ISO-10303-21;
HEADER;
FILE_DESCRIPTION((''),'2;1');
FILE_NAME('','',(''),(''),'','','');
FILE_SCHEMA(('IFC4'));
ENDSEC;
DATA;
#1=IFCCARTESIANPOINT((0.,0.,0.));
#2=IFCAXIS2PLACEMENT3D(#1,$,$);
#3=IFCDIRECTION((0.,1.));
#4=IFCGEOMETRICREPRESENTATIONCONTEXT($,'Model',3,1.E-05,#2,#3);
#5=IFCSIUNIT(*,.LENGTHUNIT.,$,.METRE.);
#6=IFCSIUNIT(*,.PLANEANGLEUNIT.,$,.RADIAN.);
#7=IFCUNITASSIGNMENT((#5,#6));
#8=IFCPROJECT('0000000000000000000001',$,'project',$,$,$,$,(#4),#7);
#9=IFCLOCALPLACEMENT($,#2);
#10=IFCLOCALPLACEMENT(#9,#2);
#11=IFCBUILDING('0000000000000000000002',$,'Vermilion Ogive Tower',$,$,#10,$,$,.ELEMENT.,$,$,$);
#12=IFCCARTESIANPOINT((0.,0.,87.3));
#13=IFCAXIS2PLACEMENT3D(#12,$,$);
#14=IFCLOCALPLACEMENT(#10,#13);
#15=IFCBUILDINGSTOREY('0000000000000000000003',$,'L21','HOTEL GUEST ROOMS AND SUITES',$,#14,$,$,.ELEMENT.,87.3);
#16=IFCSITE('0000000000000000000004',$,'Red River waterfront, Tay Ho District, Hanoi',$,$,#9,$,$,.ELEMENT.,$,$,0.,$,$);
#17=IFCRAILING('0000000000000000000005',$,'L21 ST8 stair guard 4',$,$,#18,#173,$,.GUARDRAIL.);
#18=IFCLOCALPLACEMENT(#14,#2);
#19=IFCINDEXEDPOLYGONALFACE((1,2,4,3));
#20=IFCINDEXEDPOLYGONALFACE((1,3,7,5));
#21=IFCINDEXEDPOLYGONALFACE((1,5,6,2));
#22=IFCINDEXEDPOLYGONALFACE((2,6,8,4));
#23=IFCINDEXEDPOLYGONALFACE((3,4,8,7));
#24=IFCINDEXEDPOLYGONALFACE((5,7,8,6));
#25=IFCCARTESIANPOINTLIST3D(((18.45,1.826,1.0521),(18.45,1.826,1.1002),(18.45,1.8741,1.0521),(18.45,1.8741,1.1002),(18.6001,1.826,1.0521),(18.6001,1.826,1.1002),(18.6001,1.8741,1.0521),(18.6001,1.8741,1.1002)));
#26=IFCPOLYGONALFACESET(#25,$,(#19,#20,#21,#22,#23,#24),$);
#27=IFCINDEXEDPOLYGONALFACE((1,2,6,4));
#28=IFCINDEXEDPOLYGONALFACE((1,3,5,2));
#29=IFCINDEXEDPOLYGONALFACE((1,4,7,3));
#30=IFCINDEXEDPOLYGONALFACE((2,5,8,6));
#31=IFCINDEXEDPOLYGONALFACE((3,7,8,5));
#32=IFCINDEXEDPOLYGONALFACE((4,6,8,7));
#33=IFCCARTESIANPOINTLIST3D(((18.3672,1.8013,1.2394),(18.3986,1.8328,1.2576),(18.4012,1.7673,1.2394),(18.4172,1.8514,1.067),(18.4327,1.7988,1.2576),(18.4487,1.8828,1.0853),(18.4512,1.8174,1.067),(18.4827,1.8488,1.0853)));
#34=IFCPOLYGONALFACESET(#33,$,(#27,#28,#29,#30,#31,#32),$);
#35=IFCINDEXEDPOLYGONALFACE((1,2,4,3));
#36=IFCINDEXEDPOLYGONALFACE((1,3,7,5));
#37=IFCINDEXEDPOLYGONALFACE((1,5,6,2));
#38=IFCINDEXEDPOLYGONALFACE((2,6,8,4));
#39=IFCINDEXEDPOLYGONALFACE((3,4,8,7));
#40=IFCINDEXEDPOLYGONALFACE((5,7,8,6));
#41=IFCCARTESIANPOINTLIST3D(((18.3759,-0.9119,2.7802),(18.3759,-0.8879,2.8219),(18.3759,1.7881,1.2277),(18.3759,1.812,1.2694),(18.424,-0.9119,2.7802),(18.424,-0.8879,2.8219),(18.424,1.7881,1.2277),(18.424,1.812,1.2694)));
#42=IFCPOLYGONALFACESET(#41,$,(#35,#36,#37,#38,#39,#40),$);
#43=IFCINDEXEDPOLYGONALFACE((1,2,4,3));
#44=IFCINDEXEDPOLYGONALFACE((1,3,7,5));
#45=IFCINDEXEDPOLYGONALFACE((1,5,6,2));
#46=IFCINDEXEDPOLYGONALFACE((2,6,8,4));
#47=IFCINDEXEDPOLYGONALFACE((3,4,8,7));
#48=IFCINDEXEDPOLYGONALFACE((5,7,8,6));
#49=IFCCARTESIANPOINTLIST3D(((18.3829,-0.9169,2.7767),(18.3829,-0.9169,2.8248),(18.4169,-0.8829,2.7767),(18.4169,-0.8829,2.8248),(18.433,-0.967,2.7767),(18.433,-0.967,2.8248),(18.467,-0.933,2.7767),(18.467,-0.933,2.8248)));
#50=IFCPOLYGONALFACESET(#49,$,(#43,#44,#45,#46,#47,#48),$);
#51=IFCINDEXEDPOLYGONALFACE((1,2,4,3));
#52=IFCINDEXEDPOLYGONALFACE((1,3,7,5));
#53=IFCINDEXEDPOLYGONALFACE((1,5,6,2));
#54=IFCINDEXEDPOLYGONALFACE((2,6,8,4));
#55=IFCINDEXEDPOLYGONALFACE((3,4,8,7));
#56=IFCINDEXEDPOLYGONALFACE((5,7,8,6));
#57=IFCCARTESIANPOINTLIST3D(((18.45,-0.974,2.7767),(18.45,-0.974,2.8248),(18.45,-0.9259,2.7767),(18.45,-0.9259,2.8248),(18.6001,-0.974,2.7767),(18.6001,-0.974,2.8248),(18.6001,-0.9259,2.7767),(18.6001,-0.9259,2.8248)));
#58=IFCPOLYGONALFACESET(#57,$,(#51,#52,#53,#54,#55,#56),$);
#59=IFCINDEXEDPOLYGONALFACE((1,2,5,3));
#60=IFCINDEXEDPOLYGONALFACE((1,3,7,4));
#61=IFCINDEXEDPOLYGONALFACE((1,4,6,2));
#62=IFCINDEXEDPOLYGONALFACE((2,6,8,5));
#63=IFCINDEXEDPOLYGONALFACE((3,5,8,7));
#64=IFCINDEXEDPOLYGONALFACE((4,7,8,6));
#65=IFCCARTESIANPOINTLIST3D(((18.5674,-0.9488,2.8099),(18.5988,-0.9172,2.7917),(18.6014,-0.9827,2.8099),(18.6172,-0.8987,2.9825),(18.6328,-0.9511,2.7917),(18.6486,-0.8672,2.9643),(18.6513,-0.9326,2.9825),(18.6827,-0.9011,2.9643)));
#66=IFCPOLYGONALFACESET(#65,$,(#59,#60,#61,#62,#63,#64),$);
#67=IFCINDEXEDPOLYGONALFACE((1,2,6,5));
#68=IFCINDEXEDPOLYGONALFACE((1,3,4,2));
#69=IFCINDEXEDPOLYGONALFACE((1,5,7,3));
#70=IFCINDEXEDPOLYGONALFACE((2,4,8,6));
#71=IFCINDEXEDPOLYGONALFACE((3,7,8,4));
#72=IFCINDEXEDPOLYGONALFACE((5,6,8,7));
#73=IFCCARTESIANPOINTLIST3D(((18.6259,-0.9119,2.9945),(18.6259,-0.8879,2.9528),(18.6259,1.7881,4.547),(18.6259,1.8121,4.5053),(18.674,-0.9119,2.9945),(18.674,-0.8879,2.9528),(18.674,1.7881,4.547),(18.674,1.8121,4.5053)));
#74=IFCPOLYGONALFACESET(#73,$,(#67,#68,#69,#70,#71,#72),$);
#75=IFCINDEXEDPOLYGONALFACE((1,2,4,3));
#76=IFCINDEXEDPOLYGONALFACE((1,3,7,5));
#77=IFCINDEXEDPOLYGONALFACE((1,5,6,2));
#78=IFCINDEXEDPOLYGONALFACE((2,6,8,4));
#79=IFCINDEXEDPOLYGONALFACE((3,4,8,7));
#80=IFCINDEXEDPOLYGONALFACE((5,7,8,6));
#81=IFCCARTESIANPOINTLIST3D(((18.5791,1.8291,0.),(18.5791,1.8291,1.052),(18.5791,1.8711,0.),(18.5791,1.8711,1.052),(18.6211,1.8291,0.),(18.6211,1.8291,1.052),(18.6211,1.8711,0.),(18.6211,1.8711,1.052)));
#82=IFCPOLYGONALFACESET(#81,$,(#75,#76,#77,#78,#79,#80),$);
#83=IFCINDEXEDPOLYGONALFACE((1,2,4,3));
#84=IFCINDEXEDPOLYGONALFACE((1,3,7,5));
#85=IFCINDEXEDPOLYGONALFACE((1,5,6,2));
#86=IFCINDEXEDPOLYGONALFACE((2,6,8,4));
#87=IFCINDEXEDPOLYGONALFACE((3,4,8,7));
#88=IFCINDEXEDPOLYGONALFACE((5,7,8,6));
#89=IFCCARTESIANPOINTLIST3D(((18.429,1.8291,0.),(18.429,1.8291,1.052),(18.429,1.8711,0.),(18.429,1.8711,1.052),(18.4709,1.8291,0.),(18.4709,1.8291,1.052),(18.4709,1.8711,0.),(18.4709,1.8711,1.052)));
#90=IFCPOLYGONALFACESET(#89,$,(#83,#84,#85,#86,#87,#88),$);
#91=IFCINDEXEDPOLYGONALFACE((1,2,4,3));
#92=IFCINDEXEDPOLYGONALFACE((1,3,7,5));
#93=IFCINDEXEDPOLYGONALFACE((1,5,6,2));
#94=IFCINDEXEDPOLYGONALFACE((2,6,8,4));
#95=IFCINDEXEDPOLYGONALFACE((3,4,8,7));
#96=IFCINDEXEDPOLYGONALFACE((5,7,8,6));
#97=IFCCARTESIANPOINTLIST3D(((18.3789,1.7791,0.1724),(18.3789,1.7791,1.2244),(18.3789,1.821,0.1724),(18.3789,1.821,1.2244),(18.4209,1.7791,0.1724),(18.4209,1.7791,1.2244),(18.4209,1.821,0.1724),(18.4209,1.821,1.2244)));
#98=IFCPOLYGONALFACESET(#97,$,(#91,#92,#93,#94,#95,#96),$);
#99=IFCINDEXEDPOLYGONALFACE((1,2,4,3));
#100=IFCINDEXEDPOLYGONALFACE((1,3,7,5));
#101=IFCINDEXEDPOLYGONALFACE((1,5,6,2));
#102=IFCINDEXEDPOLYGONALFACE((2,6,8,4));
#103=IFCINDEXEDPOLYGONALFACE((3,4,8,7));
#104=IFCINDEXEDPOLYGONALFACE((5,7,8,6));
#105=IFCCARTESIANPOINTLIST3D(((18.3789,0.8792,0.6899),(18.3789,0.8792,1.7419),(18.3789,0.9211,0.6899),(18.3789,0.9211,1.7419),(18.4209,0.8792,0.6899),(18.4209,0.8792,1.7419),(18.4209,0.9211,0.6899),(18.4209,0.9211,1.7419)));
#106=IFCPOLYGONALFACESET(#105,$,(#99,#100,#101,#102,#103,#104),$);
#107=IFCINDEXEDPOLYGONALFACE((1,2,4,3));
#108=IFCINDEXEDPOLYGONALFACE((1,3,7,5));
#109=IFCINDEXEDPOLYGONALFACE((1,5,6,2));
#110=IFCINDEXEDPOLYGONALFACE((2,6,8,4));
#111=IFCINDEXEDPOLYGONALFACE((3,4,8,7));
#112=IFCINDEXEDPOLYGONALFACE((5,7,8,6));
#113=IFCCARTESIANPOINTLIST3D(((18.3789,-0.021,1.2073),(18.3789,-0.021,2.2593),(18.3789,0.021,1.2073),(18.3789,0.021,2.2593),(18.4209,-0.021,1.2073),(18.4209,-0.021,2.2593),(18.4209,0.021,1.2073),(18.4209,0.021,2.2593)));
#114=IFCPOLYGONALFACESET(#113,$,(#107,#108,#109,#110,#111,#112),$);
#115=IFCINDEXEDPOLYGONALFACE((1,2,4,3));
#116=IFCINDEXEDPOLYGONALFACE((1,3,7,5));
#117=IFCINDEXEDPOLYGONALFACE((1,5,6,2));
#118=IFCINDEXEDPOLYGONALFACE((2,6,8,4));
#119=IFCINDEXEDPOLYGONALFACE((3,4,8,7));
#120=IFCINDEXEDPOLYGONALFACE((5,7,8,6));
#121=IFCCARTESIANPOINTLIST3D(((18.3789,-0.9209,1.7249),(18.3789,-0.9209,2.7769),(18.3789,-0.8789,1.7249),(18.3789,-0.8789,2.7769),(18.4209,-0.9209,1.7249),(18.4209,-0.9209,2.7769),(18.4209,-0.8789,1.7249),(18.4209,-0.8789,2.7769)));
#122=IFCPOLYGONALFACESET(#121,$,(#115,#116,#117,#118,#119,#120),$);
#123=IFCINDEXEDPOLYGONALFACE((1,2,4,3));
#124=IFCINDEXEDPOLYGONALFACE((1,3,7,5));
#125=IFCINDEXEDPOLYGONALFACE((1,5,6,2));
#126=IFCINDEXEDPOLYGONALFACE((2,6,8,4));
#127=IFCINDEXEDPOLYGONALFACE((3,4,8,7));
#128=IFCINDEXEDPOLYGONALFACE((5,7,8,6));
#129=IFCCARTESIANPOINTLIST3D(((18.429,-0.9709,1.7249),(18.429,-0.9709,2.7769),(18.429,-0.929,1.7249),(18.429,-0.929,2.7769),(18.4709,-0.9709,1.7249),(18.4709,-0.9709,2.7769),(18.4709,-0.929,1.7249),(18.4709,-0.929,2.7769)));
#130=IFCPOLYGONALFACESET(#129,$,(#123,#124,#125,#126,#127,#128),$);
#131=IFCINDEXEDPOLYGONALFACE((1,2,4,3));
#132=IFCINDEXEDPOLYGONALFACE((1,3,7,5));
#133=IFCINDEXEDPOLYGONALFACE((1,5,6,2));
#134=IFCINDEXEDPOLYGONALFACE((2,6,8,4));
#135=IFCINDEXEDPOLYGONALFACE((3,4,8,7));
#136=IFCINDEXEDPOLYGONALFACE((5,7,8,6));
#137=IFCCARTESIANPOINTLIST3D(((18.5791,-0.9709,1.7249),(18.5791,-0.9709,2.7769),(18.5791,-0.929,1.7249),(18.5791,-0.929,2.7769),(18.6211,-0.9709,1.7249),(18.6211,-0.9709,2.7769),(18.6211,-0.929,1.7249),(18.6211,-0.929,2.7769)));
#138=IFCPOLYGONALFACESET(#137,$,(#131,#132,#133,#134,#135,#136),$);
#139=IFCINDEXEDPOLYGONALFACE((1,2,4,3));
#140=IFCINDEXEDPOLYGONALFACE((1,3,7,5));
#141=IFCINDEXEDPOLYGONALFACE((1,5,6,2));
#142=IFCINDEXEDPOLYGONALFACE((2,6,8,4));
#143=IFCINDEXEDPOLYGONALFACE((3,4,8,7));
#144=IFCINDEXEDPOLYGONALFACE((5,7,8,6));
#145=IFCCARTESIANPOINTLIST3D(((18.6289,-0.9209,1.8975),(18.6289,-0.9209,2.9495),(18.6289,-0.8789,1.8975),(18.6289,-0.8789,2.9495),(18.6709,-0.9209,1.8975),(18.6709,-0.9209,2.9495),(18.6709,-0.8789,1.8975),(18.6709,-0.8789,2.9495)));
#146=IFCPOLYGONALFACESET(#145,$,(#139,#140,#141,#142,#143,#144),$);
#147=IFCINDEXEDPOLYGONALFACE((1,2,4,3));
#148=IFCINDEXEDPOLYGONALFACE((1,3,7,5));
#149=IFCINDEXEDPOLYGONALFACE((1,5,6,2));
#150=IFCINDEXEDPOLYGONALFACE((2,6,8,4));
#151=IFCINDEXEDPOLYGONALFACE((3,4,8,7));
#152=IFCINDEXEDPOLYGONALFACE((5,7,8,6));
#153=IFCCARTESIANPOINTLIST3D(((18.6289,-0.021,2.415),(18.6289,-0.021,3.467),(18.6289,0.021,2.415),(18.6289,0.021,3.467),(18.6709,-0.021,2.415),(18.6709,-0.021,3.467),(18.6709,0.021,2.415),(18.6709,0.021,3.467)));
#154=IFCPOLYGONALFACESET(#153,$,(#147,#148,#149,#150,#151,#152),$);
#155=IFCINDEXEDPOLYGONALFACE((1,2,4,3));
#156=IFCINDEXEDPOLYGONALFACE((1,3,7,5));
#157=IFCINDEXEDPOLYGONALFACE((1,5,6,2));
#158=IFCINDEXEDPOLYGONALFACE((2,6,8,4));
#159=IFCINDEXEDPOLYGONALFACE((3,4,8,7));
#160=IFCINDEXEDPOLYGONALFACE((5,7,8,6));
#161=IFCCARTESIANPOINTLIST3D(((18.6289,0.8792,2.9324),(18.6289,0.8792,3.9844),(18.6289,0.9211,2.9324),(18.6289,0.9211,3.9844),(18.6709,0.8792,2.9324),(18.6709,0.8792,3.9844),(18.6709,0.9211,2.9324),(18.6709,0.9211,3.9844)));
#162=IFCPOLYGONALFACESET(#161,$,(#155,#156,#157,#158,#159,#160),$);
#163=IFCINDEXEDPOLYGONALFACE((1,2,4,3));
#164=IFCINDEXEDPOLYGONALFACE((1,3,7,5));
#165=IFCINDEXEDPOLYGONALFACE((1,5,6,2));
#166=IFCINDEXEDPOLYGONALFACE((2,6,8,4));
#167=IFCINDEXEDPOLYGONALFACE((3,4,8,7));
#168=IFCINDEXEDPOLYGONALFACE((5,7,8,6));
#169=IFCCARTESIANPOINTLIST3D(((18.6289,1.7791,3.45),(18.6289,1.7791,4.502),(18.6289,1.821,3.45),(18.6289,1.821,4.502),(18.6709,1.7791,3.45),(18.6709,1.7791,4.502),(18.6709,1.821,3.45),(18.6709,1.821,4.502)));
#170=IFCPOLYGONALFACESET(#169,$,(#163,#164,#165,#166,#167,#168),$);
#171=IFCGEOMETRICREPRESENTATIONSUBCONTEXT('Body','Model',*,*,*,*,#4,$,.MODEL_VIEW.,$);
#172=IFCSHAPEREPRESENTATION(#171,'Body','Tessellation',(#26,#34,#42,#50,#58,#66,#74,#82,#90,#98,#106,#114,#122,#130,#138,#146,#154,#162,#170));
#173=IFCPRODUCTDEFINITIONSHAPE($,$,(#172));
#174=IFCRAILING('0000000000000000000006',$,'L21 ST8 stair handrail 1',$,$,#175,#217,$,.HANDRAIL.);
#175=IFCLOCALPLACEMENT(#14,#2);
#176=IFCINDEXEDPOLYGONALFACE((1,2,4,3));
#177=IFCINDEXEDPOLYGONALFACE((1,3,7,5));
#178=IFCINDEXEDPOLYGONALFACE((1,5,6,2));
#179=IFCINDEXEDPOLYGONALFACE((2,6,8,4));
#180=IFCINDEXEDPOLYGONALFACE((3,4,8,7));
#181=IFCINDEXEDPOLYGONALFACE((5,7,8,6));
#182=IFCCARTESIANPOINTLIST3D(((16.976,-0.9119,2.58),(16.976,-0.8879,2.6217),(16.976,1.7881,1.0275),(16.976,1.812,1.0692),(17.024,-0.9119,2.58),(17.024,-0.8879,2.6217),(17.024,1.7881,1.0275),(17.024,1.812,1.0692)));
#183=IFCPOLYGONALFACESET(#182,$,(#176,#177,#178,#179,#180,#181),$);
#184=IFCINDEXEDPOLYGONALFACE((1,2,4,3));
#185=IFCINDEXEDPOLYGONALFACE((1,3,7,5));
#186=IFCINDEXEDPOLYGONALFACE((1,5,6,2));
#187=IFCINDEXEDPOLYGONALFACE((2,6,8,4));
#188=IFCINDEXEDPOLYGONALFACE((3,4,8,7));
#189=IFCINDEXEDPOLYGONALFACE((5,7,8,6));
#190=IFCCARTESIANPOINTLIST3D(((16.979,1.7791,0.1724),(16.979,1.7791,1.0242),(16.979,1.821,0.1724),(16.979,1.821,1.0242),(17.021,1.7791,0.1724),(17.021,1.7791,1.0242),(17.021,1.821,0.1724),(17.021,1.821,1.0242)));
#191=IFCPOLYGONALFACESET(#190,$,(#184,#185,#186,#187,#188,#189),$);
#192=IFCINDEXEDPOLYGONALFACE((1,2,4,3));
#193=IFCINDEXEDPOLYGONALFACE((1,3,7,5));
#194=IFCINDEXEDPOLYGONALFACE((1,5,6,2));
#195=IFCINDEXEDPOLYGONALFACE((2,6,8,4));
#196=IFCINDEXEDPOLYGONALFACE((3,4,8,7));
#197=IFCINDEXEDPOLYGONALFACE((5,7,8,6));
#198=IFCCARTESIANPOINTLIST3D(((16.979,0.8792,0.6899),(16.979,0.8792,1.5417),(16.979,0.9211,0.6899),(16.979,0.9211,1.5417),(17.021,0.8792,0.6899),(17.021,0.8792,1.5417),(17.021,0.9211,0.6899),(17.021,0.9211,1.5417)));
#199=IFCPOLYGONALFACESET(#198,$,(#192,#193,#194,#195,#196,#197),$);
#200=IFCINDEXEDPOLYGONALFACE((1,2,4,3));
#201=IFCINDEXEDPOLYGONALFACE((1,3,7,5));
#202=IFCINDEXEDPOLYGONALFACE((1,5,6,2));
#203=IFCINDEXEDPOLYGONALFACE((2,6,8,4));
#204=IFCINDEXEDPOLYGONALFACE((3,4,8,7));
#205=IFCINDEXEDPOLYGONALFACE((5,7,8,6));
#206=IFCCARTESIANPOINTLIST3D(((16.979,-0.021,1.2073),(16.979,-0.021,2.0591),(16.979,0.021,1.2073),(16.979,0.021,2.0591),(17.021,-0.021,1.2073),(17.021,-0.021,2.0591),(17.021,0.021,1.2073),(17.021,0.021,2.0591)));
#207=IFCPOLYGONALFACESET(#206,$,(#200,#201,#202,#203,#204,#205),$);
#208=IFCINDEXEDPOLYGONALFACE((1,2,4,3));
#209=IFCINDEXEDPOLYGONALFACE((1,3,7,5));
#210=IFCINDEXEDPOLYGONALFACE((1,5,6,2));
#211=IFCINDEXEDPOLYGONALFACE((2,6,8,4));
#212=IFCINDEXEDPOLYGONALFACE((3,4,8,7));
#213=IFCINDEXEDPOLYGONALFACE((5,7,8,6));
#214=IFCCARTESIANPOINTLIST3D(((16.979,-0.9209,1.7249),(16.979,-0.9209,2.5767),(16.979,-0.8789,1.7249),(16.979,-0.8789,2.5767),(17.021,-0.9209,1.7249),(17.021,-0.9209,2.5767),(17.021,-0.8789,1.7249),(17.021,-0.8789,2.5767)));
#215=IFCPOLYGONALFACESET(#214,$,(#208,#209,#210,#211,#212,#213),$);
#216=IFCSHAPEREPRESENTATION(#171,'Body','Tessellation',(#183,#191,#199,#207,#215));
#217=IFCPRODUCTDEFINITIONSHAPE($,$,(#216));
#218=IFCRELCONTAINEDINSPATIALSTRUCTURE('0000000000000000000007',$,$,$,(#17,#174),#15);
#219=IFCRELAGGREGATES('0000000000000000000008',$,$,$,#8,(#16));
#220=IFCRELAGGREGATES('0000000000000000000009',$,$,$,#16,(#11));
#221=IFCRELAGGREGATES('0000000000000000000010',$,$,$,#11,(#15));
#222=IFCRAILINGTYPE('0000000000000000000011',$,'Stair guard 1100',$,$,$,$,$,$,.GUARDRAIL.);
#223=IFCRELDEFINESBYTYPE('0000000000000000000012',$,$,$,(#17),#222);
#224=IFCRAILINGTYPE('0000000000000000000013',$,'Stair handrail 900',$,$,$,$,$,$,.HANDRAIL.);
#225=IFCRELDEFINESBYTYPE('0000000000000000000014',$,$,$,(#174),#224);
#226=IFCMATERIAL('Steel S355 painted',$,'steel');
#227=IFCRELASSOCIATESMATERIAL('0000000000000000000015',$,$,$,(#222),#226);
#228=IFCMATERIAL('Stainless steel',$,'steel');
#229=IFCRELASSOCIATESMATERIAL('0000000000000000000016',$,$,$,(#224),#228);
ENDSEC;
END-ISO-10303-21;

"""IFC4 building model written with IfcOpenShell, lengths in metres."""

from ifc_helpers import new_model, si_unit, direction, frame, origin, origin_2d, place, context, subcontext, project, spatial, rectangle, extrude, material, type_object, element, save


model = new_model("IFC4")

# Units and contexts
model_context = context("Model", 3, precision=1e-05, world=origin(), true_north=direction((0.0, 1.0)))
body_context = subcontext(model_context, "Body", "Model", "MODEL_VIEW")
ifc_project = project(units=[si_unit("LENGTHUNIT", "METRE"), si_unit("PLANEANGLEUNIT", "RADIAN")], contexts=[model_context])

# Site, building, storey
site_placement = place(None, origin())
site = spatial("IfcSite", under=ifc_project, at=site_placement, Name="Red River waterfront, Tay Ho District, Hanoi", CompositionType="ELEMENT", RefElevation=0.0)
building_placement = place(site_placement, origin())
building = spatial("IfcBuilding", under=site, at=building_placement, Name="Vermilion Ogive Tower", CompositionType="ELEMENT")
storey_placement = place(building_placement, frame((0.0, 0.0, 87.3)))
storey = spatial("IfcBuildingStorey", under=building, at=storey_placement, Name="L21", Description="HOTEL GUEST ROOMS AND SUITES", CompositionType="ELEMENT", Elevation=87.3)

# Railings
ifc_material_1 = material(Name="Steel S355 painted", Category="steel")
railing_type_1 = type_object("IfcRailingType", Name="Stair guard 1100", PredefinedType="GUARDRAIL", material=ifc_material_1)
railing_1_placement = place(storey_placement, frame((18.6001, 1.8501, 0.0)))
element("IfcRailing", 1, at=railing_1_placement, inside=storey, type_object=railing_type_1, Name="L21 ST8 stair guard 4", PredefinedType="GUARDRAIL", context=body_context, shape_type="SweptSolid", body=[
    extrude(rectangle(XDim=0.0481, YDim=0.0481, at=origin_2d()), frame((0.0, 0.0, 1.0762), z_axis=(-1.0, 0.0, 0.0), x_axis=(0.0, -1.0, 0.0)), (0.0, 0.0, 1.0), 0.1501),
    extrude(rectangle(XDim=0.0481, YDim=0.0481, at=origin_2d()), frame((-0.1501, 0.0, 1.0762), z_axis=(-0.268603, -0.268603, 0.925043), x_axis=(0.707107, -0.707107, 0.0)), (0.0, 0.0, 1.0), 0.1863),
    extrude(rectangle(XDim=0.0481, YDim=0.0481, at=origin_2d()), frame((-0.2002, -0.05, 1.2485), z_axis=(0.0, -0.866904, 0.498476), x_axis=(1.0, 0.0, 0.0)), (0.0, 0.0, 1.0), 3.1145),
    extrude(rectangle(XDim=0.0481, YDim=0.0481, at=origin_2d()), frame((-0.2002, -2.75, 2.8008), z_axis=(0.707107, -0.707107, 0.0), x_axis=(0.707107, 0.707107, 0.0)), (0.0, 0.0, 1.0), 0.0708),
    extrude(rectangle(XDim=0.0481, YDim=0.0481, at=origin_2d()), frame((-0.1501, -2.8, 2.8008), z_axis=(1.0, 0.0, 0.0), x_axis=(0.0, 1.0, 0.0)), (0.0, 0.0, 1.0), 0.1501),
    extrude(rectangle(XDim=0.0481, YDim=0.0481, at=origin_2d()), frame((0.0, -2.8, 2.8008), z_axis=(0.267063, 0.268372, 0.925556), x_axis=(-0.708834, 0.705376, 0.0)), (0.0, 0.0, 1.0), 0.1865),
    extrude(rectangle(XDim=0.0481, YDim=0.0481, at=origin_2d()), frame((0.0498, -2.75, 2.9736), z_axis=(0.0, 0.866904, 0.498476), x_axis=(-1.0, 0.0, 0.0)), (0.0, 0.0, 1.0), 3.1145),
    extrude(rectangle(XDim=0.042, YDim=0.042, at=origin_2d()), origin(), (0.0, 0.0, 1.0), 1.052),
    extrude(rectangle(XDim=0.042, YDim=0.042, at=origin_2d()), frame((-0.1501, 0.0, 0.0)), (0.0, 0.0, 1.0), 1.052),
    extrude(rectangle(XDim=0.042, YDim=0.042, at=origin_2d()), frame((-0.2002, -0.05, 0.1724)), (0.0, 0.0, 1.0), 1.052),
    extrude(rectangle(XDim=0.042, YDim=0.042, at=origin_2d()), frame((-0.2002, -0.95, 0.6899)), (0.0, 0.0, 1.0), 1.052),
    extrude(rectangle(XDim=0.042, YDim=0.042, at=origin_2d()), frame((-0.2002, -1.8501, 1.2073)), (0.0, 0.0, 1.0), 1.052),
    extrude(rectangle(XDim=0.042, YDim=0.042, at=origin_2d()), frame((-0.2002, -2.75, 1.7249)), (0.0, 0.0, 1.0), 1.052),
    extrude(rectangle(XDim=0.042, YDim=0.042, at=origin_2d()), frame((-0.1501, -2.8, 1.7249)), (0.0, 0.0, 1.0), 1.052),
    extrude(rectangle(XDim=0.042, YDim=0.042, at=origin_2d()), frame((0.0, -2.8, 1.7249)), (0.0, 0.0, 1.0), 1.052),
    extrude(rectangle(XDim=0.042, YDim=0.042, at=origin_2d()), frame((0.0498, -2.75, 1.8975)), (0.0, 0.0, 1.0), 1.052),
    extrude(rectangle(XDim=0.042, YDim=0.042, at=origin_2d()), frame((0.0498, -1.8501, 2.415)), (0.0, 0.0, 1.0), 1.052),
    extrude(rectangle(XDim=0.042, YDim=0.042, at=origin_2d()), frame((0.0498, -0.95, 2.9324)), (0.0, 0.0, 1.0), 1.052),
    extrude(rectangle(XDim=0.042, YDim=0.042, at=origin_2d()), frame((0.0498, -0.05, 3.45)), (0.0, 0.0, 1.0), 1.052),
])
ifc_material_2 = material(Name="Stainless steel", Category="steel")
railing_type_2 = type_object("IfcRailingType", Name="Stair handrail 900", PredefinedType="HANDRAIL", material=ifc_material_2)
railing_2_placement = place(storey_placement, frame((17.0, 1.8, 0.1724)))
element("IfcRailing", 2, at=railing_2_placement, inside=storey, type_object=railing_type_2, Name="L21 ST8 stair handrail 1", PredefinedType="HANDRAIL", context=body_context, shape_type="SweptSolid", body=[
    extrude(rectangle(XDim=0.0481, YDim=0.0481, at=origin_2d()), frame((0.0, 0.0, 0.876), z_axis=(0.0, -0.866904, 0.498476), x_axis=(1.0, 0.0, 0.0)), (0.0, 0.0, 1.0), 3.1145),
    extrude(rectangle(XDim=0.042, YDim=0.042, at=origin_2d()), origin(), (0.0, 0.0, 1.0), 0.8518),
    extrude(rectangle(XDim=0.042, YDim=0.042, at=origin_2d()), frame((0.0, -0.8999, 0.5176)), (0.0, 0.0, 1.0), 0.8518),
    extrude(rectangle(XDim=0.042, YDim=0.042, at=origin_2d()), frame((0.0, -1.8, 1.0349)), (0.0, 0.0, 1.0), 0.8518),
    extrude(rectangle(XDim=0.042, YDim=0.042, at=origin_2d()), frame((0.0, -2.7, 1.5525)), (0.0, 0.0, 1.0), 0.8518),
])

save(model, "model.ifc")
